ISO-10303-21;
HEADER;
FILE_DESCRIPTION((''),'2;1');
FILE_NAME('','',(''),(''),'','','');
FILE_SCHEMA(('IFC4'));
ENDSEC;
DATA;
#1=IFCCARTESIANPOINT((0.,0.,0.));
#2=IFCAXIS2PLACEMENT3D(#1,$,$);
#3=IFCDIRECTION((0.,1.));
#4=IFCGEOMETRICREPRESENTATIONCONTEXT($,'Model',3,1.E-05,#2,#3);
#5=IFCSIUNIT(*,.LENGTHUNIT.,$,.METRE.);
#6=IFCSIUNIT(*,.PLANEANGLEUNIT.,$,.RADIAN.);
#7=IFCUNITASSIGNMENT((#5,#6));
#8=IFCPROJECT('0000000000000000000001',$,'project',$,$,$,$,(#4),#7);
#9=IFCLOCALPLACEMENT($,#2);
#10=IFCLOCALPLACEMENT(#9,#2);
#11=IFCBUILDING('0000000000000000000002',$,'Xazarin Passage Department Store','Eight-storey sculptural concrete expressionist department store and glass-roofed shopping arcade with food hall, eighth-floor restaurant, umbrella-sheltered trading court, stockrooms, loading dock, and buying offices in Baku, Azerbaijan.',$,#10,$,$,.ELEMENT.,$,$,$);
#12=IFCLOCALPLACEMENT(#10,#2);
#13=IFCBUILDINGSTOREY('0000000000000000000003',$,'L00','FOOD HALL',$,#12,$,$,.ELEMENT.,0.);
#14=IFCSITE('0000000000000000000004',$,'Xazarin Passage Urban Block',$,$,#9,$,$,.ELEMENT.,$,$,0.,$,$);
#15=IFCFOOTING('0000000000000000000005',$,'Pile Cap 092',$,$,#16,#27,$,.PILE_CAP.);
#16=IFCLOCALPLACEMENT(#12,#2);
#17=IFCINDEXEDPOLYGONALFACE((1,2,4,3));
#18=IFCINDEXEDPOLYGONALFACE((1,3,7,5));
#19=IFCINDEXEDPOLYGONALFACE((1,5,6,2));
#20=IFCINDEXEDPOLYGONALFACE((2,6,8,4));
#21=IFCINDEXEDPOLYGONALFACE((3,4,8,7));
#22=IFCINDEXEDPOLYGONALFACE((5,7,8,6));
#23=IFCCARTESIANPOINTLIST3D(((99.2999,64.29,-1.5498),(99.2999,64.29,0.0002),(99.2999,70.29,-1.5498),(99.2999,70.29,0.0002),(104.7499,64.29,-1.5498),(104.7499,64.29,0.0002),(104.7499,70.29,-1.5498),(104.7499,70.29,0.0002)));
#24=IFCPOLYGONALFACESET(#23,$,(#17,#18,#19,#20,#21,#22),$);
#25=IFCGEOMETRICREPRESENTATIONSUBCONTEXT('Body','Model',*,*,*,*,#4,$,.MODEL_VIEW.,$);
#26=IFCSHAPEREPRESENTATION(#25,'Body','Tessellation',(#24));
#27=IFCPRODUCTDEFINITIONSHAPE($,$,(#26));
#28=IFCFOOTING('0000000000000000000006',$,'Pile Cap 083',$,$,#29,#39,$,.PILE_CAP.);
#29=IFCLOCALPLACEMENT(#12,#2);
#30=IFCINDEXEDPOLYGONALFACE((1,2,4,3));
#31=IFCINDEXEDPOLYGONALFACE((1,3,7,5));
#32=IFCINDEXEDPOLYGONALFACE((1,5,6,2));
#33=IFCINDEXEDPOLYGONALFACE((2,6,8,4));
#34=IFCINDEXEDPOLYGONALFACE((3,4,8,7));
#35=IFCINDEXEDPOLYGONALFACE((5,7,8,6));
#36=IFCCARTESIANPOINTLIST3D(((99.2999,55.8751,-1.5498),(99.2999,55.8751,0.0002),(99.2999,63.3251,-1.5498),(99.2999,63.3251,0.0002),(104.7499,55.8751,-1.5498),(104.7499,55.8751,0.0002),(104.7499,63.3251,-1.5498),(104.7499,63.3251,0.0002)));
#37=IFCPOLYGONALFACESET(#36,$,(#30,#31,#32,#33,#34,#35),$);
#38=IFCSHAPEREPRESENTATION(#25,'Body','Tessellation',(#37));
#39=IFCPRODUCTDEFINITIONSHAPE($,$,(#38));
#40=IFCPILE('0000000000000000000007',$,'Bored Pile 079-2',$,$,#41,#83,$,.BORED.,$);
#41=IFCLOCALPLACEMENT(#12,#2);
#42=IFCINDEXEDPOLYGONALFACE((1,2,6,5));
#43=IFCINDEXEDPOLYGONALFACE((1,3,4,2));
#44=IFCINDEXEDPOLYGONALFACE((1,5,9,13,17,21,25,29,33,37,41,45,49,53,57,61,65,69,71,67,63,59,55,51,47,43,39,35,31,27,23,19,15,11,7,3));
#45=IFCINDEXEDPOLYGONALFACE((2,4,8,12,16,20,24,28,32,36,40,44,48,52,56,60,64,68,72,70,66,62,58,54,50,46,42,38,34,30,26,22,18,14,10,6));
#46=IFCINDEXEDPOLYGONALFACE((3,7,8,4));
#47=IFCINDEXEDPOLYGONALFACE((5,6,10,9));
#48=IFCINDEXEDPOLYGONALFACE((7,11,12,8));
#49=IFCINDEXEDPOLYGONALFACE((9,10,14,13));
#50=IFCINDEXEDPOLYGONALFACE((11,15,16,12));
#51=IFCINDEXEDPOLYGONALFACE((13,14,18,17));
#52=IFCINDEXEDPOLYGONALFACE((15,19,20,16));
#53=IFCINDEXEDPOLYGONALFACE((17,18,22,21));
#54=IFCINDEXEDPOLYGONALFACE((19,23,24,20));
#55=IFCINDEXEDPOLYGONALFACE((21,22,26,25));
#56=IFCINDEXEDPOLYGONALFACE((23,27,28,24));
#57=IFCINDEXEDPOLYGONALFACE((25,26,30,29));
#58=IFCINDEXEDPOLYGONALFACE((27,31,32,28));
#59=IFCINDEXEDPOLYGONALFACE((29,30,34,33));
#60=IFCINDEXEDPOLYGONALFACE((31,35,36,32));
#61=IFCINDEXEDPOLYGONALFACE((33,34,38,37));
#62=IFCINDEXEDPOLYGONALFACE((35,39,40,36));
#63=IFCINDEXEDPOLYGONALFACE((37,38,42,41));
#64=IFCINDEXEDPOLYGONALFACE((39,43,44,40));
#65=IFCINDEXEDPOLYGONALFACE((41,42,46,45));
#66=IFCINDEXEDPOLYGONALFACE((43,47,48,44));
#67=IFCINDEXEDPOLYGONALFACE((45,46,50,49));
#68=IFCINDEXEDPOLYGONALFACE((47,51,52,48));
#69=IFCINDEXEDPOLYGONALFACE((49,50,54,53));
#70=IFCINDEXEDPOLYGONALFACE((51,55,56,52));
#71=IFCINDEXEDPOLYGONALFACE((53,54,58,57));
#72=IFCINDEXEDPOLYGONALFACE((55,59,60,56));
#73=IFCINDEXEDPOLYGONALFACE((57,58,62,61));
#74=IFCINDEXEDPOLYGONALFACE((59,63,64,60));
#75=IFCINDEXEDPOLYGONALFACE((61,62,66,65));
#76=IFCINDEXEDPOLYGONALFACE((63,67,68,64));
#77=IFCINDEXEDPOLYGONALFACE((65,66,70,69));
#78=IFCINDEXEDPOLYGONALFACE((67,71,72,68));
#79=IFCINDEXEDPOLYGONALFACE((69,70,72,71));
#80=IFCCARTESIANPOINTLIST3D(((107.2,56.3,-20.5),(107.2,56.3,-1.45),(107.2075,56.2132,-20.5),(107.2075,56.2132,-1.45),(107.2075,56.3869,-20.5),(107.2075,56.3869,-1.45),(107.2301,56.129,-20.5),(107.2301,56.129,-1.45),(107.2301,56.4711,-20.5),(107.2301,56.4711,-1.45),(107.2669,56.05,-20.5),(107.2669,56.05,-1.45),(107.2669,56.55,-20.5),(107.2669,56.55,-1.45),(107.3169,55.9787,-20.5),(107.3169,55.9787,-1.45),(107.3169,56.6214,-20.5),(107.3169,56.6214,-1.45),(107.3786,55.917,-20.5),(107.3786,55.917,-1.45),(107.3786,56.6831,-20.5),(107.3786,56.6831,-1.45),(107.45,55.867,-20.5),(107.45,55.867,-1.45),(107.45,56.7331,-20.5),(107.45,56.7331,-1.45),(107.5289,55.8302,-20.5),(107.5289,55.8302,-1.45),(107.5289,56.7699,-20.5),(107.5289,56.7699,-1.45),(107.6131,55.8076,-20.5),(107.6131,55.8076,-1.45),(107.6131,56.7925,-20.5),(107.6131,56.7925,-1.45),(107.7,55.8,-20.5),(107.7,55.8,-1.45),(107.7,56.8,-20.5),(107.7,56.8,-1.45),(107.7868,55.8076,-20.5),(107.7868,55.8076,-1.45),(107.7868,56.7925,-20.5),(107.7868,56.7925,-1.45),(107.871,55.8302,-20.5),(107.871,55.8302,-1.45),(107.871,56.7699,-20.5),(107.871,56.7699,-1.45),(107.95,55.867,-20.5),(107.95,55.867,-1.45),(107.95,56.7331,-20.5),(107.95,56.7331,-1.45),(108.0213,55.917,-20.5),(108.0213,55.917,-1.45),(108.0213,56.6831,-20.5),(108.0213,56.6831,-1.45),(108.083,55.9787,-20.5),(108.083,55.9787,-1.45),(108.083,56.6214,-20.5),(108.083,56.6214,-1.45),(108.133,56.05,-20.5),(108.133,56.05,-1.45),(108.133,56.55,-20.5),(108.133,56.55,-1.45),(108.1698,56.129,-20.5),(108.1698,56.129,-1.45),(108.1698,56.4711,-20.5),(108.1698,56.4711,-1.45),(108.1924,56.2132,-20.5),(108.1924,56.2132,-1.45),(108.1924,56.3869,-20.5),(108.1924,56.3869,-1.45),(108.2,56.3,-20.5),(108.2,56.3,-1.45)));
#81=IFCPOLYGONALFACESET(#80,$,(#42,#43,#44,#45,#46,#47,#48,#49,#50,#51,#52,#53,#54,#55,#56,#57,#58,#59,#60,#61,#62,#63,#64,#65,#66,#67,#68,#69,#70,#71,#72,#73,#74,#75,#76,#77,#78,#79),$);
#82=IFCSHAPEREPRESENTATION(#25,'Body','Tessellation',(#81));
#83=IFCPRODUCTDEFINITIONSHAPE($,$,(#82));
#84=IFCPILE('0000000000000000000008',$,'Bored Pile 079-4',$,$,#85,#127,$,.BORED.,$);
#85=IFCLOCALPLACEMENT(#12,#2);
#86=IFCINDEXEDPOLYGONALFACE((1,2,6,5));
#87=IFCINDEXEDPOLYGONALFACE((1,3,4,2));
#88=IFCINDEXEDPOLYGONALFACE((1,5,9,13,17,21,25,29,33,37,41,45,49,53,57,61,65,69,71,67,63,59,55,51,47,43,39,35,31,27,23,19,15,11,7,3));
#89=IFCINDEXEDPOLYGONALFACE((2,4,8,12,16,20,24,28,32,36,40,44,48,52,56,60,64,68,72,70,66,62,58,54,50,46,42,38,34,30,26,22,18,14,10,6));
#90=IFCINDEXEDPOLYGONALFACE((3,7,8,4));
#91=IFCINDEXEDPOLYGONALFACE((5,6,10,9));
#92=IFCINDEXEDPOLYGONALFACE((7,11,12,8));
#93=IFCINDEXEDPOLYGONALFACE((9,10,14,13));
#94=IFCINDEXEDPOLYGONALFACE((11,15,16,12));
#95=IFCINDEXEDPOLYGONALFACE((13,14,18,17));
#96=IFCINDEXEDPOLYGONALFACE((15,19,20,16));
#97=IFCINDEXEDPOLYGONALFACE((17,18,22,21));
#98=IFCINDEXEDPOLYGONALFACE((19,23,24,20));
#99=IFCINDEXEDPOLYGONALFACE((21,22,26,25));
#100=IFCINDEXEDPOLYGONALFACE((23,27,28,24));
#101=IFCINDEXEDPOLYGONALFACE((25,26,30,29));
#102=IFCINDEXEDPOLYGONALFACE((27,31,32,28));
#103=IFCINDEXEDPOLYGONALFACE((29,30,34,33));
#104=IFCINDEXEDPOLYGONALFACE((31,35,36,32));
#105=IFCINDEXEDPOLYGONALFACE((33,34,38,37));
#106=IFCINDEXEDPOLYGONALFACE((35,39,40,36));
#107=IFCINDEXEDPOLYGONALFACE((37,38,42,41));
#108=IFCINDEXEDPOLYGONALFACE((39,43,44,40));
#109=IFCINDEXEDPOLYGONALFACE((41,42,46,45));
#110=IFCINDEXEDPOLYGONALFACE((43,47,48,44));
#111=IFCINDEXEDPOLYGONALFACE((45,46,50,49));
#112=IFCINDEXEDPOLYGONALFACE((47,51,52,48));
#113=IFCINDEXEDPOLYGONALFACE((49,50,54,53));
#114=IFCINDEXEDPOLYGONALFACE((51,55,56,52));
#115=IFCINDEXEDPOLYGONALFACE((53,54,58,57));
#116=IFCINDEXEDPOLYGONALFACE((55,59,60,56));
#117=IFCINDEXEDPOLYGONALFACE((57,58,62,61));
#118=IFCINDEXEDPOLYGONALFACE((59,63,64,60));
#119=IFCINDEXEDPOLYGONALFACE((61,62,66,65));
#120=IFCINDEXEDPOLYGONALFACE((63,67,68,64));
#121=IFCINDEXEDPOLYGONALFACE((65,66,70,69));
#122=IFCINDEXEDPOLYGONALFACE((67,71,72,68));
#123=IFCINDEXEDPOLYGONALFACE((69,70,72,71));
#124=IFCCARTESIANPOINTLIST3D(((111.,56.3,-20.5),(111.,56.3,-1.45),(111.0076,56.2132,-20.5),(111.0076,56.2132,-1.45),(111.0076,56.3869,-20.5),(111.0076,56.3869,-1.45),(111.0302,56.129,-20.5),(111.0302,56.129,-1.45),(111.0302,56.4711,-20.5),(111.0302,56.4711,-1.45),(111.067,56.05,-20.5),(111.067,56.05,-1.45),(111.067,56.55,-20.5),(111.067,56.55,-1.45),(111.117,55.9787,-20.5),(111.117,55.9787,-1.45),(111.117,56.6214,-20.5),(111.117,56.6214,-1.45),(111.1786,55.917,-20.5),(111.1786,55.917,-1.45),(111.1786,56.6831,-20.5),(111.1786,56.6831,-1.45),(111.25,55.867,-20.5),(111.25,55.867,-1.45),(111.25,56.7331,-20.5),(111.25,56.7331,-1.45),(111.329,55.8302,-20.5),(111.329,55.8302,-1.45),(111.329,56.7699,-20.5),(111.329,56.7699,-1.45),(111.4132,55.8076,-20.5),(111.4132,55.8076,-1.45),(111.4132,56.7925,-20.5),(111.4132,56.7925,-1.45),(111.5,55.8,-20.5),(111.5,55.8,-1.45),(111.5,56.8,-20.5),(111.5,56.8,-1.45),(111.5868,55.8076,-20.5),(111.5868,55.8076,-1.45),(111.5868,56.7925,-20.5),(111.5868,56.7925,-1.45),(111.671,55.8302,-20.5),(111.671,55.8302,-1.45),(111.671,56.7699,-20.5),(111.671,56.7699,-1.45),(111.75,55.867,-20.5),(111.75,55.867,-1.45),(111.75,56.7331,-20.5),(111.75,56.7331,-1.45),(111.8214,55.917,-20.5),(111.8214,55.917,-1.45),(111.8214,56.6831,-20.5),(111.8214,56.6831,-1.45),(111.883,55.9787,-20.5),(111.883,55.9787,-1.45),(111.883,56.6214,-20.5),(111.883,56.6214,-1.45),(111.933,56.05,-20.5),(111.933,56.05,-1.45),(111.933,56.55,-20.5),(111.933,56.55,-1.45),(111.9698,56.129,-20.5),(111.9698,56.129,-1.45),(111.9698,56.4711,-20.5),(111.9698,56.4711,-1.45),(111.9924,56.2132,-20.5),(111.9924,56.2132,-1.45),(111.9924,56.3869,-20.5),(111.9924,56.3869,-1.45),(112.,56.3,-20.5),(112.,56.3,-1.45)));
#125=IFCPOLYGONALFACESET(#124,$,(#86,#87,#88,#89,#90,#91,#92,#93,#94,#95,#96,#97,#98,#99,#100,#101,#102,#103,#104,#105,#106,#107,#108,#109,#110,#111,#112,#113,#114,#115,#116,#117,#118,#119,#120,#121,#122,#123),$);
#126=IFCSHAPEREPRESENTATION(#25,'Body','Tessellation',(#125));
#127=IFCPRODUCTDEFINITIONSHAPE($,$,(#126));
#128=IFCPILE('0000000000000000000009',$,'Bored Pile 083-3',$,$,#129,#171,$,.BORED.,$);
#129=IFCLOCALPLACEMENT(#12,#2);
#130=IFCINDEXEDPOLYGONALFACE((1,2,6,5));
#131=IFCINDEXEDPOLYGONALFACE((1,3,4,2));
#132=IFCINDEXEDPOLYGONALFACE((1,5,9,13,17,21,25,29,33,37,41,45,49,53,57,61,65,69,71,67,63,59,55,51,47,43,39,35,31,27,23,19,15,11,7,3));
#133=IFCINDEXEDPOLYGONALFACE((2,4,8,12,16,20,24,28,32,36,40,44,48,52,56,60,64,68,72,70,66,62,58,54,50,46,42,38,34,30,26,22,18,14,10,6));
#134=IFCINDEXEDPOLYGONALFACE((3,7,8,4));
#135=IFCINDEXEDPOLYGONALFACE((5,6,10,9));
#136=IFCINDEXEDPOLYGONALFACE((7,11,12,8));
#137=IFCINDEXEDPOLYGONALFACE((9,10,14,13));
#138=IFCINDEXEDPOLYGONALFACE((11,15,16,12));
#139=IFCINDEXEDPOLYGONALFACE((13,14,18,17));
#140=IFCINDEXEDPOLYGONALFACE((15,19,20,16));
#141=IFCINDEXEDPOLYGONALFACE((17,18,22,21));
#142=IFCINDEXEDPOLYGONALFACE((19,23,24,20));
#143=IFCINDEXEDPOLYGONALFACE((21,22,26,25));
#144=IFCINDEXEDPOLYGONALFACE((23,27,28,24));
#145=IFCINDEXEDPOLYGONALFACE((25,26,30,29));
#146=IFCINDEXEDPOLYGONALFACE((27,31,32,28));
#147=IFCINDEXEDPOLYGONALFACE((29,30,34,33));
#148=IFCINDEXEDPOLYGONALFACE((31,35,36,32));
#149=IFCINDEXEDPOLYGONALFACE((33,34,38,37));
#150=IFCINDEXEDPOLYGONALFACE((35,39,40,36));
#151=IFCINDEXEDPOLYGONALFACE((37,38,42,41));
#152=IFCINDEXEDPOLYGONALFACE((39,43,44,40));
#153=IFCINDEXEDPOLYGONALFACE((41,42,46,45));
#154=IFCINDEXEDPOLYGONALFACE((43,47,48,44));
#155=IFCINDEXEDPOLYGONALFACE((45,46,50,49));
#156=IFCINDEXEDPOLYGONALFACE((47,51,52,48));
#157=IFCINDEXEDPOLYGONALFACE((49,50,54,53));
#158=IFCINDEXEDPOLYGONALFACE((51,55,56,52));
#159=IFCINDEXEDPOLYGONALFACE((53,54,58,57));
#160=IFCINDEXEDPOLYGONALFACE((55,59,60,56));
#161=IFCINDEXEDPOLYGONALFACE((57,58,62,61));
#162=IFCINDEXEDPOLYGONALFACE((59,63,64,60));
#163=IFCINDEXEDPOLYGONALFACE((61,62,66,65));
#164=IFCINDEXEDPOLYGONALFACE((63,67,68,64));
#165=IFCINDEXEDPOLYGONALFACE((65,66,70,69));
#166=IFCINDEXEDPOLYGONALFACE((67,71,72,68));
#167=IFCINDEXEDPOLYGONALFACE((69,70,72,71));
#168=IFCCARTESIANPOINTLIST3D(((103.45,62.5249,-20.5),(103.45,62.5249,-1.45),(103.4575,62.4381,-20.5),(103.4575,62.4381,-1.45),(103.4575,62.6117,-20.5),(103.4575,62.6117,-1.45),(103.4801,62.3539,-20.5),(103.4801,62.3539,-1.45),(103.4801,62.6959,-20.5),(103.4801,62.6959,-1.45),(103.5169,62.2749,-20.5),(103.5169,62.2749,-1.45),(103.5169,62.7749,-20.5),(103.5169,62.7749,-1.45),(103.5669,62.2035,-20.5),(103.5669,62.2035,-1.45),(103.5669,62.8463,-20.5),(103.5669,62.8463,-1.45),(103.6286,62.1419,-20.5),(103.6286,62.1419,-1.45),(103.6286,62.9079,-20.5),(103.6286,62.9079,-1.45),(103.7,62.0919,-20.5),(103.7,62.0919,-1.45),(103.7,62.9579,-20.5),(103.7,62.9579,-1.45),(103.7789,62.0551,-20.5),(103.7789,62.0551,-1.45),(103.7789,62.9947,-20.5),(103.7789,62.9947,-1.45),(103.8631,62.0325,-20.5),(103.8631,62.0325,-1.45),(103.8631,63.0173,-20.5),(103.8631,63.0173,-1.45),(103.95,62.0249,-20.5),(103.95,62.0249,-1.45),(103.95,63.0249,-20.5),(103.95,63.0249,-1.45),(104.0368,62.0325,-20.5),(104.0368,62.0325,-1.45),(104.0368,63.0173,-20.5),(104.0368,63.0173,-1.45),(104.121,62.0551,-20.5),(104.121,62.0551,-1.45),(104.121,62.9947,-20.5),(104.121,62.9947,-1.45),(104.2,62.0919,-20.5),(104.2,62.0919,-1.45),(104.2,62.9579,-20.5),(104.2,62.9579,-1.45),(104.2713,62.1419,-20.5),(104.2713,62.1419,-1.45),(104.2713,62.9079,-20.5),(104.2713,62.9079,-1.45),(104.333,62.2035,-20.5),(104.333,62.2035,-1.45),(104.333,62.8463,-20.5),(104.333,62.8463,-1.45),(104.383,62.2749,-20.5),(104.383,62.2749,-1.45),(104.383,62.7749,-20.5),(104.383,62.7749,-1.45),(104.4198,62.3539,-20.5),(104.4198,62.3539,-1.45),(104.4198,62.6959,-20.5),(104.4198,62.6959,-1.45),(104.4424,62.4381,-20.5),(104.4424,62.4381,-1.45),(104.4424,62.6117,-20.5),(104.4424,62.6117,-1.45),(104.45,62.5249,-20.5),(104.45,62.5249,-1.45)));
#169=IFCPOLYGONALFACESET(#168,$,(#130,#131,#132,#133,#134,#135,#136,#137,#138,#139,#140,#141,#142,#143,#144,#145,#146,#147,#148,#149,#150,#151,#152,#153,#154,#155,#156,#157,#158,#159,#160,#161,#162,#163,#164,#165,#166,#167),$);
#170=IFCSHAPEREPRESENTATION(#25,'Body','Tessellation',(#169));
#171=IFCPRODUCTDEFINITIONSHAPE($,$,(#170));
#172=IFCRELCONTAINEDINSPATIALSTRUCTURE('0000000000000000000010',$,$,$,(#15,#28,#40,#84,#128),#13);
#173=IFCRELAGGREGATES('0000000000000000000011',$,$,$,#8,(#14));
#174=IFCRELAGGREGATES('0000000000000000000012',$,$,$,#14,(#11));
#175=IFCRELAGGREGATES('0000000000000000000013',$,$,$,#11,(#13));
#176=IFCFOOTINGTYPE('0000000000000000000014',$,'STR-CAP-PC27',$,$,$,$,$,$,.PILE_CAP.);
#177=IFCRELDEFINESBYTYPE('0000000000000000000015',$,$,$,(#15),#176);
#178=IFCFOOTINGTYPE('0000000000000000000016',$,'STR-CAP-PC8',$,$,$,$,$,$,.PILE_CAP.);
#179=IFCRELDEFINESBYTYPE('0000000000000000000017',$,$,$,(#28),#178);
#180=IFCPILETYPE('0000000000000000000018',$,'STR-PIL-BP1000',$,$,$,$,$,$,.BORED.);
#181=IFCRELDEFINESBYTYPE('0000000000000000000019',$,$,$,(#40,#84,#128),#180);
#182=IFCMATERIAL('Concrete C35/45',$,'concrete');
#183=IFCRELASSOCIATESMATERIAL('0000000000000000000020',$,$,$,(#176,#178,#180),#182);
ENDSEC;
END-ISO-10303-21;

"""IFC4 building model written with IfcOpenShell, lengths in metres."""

from ifc_helpers import new_model, si_unit, direction, frame, origin, origin_2d, place, context, subcontext, project, spatial, rectangle, circle, extrude, material, material_profile, profile_set, type_object, element, save


model = new_model("IFC4")

# Units and contexts
model_context = context("Model", 3, precision=1e-05, world=origin(), true_north=direction((0.0, 1.0)))
body_context = subcontext(model_context, "Body", "Model", "MODEL_VIEW")
ifc_project = project(units=[si_unit("LENGTHUNIT", "METRE"), si_unit("PLANEANGLEUNIT", "RADIAN")], contexts=[model_context])

# Site, building, storey
site_placement = place(None, origin())
site = spatial("IfcSite", under=ifc_project, at=site_placement, Name="Xazarin Passage Urban Block", CompositionType="ELEMENT", RefElevation=0.0)
building_placement = place(site_placement, origin())
building = spatial("IfcBuilding", under=site, at=building_placement, Name="Xazarin Passage Department Store", Description="Eight-storey sculptural concrete expressionist department store and glass-roofed shopping arcade with food hall, eighth-floor restaurant, umbrella-sheltered trading court, stockrooms, loading dock, and buying offices in Baku, Azerbaijan.", CompositionType="ELEMENT")
storey_placement = place(building_placement, origin())
storey = spatial("IfcBuildingStorey", under=building, at=storey_placement, Name="L00", Description="FOOD HALL", CompositionType="ELEMENT", Elevation=0.0)

# Footings
ifc_material_1 = material(Name="Concrete C35/45", Category="concrete")
footing_type_1 = type_object("IfcFootingType", Name="STR-CAP-PC27", PredefinedType="PILE_CAP", material=ifc_material_1)
footing_1_placement = place(storey_placement, frame((102.0249, 67.29, -1.5498), z_axis=(0.0, 0.0, 1.0), x_axis=(0.0, 1.0, 0.0)))
element("IfcFooting", 1, at=footing_1_placement, inside=storey, type_object=footing_type_1, Name="Pile Cap 092", PredefinedType="PILE_CAP", context=body_context, shape_type="SweptSolid", body=[
    extrude(rectangle(XDim=6.0, YDim=5.45, at=origin_2d()), origin(), (0.0, 0.0, 1.0), 1.55),
])
footing_type_2 = type_object("IfcFootingType", Name="STR-CAP-PC8", PredefinedType="PILE_CAP", material=ifc_material_1)
footing_2_placement = place(storey_placement, frame((102.0249, 59.6001, -1.5498), z_axis=(0.0, 0.0, 1.0), x_axis=(0.0, 1.0, 0.0)))
element("IfcFooting", 2, at=footing_2_placement, inside=storey, type_object=footing_type_2, Name="Pile Cap 083", PredefinedType="PILE_CAP", context=body_context, shape_type="SweptSolid", body=[
    extrude(rectangle(XDim=7.45, YDim=5.45, at=origin_2d()), origin(), (0.0, 0.0, 1.0), 1.55),
])

# Piles
ifc_material_profile_1 = material_profile(ifc_material_1, circle(Radius=0.5, at=origin_2d()), Name="BP 1000")
ifc_profile_set_1 = profile_set([ifc_material_profile_1], Name="Concrete C35/45")
pile_type_1 = type_object("IfcPileType", Name="STR-PIL-BP1000", PredefinedType="BORED", material=ifc_profile_set_1)
for number, where, z_axis, x_axis, name in (
    (3, (107.7, 56.3, -1.45), (0.0, 0.0, -1.0), (1.0, 0.0, 0.0), "Bored Pile 079-2"),
    (4, (111.5, 56.3, -1.45), (0.0, 0.0, -1.0), (1.0, 0.0, 0.0), "Bored Pile 079-4"),
    (5, (103.95, 62.5249, -1.45), (0.0, 0.0, -1.0), (1.0, 0.0, 0.0), "Bored Pile 083-3"),
):
    element("IfcPile", number, at=place(storey_placement, frame(where, z_axis=z_axis, x_axis=x_axis)), inside=storey, type_object=pile_type_1, Name=name, PredefinedType="BORED", context=body_context, shape_type="SweptSolid", body=[
        extrude(circle(Radius=0.5, at=origin_2d()), origin(), (0.0, 0.0, 1.0), 19.05),
    ])

save(model, "model.ifc")
